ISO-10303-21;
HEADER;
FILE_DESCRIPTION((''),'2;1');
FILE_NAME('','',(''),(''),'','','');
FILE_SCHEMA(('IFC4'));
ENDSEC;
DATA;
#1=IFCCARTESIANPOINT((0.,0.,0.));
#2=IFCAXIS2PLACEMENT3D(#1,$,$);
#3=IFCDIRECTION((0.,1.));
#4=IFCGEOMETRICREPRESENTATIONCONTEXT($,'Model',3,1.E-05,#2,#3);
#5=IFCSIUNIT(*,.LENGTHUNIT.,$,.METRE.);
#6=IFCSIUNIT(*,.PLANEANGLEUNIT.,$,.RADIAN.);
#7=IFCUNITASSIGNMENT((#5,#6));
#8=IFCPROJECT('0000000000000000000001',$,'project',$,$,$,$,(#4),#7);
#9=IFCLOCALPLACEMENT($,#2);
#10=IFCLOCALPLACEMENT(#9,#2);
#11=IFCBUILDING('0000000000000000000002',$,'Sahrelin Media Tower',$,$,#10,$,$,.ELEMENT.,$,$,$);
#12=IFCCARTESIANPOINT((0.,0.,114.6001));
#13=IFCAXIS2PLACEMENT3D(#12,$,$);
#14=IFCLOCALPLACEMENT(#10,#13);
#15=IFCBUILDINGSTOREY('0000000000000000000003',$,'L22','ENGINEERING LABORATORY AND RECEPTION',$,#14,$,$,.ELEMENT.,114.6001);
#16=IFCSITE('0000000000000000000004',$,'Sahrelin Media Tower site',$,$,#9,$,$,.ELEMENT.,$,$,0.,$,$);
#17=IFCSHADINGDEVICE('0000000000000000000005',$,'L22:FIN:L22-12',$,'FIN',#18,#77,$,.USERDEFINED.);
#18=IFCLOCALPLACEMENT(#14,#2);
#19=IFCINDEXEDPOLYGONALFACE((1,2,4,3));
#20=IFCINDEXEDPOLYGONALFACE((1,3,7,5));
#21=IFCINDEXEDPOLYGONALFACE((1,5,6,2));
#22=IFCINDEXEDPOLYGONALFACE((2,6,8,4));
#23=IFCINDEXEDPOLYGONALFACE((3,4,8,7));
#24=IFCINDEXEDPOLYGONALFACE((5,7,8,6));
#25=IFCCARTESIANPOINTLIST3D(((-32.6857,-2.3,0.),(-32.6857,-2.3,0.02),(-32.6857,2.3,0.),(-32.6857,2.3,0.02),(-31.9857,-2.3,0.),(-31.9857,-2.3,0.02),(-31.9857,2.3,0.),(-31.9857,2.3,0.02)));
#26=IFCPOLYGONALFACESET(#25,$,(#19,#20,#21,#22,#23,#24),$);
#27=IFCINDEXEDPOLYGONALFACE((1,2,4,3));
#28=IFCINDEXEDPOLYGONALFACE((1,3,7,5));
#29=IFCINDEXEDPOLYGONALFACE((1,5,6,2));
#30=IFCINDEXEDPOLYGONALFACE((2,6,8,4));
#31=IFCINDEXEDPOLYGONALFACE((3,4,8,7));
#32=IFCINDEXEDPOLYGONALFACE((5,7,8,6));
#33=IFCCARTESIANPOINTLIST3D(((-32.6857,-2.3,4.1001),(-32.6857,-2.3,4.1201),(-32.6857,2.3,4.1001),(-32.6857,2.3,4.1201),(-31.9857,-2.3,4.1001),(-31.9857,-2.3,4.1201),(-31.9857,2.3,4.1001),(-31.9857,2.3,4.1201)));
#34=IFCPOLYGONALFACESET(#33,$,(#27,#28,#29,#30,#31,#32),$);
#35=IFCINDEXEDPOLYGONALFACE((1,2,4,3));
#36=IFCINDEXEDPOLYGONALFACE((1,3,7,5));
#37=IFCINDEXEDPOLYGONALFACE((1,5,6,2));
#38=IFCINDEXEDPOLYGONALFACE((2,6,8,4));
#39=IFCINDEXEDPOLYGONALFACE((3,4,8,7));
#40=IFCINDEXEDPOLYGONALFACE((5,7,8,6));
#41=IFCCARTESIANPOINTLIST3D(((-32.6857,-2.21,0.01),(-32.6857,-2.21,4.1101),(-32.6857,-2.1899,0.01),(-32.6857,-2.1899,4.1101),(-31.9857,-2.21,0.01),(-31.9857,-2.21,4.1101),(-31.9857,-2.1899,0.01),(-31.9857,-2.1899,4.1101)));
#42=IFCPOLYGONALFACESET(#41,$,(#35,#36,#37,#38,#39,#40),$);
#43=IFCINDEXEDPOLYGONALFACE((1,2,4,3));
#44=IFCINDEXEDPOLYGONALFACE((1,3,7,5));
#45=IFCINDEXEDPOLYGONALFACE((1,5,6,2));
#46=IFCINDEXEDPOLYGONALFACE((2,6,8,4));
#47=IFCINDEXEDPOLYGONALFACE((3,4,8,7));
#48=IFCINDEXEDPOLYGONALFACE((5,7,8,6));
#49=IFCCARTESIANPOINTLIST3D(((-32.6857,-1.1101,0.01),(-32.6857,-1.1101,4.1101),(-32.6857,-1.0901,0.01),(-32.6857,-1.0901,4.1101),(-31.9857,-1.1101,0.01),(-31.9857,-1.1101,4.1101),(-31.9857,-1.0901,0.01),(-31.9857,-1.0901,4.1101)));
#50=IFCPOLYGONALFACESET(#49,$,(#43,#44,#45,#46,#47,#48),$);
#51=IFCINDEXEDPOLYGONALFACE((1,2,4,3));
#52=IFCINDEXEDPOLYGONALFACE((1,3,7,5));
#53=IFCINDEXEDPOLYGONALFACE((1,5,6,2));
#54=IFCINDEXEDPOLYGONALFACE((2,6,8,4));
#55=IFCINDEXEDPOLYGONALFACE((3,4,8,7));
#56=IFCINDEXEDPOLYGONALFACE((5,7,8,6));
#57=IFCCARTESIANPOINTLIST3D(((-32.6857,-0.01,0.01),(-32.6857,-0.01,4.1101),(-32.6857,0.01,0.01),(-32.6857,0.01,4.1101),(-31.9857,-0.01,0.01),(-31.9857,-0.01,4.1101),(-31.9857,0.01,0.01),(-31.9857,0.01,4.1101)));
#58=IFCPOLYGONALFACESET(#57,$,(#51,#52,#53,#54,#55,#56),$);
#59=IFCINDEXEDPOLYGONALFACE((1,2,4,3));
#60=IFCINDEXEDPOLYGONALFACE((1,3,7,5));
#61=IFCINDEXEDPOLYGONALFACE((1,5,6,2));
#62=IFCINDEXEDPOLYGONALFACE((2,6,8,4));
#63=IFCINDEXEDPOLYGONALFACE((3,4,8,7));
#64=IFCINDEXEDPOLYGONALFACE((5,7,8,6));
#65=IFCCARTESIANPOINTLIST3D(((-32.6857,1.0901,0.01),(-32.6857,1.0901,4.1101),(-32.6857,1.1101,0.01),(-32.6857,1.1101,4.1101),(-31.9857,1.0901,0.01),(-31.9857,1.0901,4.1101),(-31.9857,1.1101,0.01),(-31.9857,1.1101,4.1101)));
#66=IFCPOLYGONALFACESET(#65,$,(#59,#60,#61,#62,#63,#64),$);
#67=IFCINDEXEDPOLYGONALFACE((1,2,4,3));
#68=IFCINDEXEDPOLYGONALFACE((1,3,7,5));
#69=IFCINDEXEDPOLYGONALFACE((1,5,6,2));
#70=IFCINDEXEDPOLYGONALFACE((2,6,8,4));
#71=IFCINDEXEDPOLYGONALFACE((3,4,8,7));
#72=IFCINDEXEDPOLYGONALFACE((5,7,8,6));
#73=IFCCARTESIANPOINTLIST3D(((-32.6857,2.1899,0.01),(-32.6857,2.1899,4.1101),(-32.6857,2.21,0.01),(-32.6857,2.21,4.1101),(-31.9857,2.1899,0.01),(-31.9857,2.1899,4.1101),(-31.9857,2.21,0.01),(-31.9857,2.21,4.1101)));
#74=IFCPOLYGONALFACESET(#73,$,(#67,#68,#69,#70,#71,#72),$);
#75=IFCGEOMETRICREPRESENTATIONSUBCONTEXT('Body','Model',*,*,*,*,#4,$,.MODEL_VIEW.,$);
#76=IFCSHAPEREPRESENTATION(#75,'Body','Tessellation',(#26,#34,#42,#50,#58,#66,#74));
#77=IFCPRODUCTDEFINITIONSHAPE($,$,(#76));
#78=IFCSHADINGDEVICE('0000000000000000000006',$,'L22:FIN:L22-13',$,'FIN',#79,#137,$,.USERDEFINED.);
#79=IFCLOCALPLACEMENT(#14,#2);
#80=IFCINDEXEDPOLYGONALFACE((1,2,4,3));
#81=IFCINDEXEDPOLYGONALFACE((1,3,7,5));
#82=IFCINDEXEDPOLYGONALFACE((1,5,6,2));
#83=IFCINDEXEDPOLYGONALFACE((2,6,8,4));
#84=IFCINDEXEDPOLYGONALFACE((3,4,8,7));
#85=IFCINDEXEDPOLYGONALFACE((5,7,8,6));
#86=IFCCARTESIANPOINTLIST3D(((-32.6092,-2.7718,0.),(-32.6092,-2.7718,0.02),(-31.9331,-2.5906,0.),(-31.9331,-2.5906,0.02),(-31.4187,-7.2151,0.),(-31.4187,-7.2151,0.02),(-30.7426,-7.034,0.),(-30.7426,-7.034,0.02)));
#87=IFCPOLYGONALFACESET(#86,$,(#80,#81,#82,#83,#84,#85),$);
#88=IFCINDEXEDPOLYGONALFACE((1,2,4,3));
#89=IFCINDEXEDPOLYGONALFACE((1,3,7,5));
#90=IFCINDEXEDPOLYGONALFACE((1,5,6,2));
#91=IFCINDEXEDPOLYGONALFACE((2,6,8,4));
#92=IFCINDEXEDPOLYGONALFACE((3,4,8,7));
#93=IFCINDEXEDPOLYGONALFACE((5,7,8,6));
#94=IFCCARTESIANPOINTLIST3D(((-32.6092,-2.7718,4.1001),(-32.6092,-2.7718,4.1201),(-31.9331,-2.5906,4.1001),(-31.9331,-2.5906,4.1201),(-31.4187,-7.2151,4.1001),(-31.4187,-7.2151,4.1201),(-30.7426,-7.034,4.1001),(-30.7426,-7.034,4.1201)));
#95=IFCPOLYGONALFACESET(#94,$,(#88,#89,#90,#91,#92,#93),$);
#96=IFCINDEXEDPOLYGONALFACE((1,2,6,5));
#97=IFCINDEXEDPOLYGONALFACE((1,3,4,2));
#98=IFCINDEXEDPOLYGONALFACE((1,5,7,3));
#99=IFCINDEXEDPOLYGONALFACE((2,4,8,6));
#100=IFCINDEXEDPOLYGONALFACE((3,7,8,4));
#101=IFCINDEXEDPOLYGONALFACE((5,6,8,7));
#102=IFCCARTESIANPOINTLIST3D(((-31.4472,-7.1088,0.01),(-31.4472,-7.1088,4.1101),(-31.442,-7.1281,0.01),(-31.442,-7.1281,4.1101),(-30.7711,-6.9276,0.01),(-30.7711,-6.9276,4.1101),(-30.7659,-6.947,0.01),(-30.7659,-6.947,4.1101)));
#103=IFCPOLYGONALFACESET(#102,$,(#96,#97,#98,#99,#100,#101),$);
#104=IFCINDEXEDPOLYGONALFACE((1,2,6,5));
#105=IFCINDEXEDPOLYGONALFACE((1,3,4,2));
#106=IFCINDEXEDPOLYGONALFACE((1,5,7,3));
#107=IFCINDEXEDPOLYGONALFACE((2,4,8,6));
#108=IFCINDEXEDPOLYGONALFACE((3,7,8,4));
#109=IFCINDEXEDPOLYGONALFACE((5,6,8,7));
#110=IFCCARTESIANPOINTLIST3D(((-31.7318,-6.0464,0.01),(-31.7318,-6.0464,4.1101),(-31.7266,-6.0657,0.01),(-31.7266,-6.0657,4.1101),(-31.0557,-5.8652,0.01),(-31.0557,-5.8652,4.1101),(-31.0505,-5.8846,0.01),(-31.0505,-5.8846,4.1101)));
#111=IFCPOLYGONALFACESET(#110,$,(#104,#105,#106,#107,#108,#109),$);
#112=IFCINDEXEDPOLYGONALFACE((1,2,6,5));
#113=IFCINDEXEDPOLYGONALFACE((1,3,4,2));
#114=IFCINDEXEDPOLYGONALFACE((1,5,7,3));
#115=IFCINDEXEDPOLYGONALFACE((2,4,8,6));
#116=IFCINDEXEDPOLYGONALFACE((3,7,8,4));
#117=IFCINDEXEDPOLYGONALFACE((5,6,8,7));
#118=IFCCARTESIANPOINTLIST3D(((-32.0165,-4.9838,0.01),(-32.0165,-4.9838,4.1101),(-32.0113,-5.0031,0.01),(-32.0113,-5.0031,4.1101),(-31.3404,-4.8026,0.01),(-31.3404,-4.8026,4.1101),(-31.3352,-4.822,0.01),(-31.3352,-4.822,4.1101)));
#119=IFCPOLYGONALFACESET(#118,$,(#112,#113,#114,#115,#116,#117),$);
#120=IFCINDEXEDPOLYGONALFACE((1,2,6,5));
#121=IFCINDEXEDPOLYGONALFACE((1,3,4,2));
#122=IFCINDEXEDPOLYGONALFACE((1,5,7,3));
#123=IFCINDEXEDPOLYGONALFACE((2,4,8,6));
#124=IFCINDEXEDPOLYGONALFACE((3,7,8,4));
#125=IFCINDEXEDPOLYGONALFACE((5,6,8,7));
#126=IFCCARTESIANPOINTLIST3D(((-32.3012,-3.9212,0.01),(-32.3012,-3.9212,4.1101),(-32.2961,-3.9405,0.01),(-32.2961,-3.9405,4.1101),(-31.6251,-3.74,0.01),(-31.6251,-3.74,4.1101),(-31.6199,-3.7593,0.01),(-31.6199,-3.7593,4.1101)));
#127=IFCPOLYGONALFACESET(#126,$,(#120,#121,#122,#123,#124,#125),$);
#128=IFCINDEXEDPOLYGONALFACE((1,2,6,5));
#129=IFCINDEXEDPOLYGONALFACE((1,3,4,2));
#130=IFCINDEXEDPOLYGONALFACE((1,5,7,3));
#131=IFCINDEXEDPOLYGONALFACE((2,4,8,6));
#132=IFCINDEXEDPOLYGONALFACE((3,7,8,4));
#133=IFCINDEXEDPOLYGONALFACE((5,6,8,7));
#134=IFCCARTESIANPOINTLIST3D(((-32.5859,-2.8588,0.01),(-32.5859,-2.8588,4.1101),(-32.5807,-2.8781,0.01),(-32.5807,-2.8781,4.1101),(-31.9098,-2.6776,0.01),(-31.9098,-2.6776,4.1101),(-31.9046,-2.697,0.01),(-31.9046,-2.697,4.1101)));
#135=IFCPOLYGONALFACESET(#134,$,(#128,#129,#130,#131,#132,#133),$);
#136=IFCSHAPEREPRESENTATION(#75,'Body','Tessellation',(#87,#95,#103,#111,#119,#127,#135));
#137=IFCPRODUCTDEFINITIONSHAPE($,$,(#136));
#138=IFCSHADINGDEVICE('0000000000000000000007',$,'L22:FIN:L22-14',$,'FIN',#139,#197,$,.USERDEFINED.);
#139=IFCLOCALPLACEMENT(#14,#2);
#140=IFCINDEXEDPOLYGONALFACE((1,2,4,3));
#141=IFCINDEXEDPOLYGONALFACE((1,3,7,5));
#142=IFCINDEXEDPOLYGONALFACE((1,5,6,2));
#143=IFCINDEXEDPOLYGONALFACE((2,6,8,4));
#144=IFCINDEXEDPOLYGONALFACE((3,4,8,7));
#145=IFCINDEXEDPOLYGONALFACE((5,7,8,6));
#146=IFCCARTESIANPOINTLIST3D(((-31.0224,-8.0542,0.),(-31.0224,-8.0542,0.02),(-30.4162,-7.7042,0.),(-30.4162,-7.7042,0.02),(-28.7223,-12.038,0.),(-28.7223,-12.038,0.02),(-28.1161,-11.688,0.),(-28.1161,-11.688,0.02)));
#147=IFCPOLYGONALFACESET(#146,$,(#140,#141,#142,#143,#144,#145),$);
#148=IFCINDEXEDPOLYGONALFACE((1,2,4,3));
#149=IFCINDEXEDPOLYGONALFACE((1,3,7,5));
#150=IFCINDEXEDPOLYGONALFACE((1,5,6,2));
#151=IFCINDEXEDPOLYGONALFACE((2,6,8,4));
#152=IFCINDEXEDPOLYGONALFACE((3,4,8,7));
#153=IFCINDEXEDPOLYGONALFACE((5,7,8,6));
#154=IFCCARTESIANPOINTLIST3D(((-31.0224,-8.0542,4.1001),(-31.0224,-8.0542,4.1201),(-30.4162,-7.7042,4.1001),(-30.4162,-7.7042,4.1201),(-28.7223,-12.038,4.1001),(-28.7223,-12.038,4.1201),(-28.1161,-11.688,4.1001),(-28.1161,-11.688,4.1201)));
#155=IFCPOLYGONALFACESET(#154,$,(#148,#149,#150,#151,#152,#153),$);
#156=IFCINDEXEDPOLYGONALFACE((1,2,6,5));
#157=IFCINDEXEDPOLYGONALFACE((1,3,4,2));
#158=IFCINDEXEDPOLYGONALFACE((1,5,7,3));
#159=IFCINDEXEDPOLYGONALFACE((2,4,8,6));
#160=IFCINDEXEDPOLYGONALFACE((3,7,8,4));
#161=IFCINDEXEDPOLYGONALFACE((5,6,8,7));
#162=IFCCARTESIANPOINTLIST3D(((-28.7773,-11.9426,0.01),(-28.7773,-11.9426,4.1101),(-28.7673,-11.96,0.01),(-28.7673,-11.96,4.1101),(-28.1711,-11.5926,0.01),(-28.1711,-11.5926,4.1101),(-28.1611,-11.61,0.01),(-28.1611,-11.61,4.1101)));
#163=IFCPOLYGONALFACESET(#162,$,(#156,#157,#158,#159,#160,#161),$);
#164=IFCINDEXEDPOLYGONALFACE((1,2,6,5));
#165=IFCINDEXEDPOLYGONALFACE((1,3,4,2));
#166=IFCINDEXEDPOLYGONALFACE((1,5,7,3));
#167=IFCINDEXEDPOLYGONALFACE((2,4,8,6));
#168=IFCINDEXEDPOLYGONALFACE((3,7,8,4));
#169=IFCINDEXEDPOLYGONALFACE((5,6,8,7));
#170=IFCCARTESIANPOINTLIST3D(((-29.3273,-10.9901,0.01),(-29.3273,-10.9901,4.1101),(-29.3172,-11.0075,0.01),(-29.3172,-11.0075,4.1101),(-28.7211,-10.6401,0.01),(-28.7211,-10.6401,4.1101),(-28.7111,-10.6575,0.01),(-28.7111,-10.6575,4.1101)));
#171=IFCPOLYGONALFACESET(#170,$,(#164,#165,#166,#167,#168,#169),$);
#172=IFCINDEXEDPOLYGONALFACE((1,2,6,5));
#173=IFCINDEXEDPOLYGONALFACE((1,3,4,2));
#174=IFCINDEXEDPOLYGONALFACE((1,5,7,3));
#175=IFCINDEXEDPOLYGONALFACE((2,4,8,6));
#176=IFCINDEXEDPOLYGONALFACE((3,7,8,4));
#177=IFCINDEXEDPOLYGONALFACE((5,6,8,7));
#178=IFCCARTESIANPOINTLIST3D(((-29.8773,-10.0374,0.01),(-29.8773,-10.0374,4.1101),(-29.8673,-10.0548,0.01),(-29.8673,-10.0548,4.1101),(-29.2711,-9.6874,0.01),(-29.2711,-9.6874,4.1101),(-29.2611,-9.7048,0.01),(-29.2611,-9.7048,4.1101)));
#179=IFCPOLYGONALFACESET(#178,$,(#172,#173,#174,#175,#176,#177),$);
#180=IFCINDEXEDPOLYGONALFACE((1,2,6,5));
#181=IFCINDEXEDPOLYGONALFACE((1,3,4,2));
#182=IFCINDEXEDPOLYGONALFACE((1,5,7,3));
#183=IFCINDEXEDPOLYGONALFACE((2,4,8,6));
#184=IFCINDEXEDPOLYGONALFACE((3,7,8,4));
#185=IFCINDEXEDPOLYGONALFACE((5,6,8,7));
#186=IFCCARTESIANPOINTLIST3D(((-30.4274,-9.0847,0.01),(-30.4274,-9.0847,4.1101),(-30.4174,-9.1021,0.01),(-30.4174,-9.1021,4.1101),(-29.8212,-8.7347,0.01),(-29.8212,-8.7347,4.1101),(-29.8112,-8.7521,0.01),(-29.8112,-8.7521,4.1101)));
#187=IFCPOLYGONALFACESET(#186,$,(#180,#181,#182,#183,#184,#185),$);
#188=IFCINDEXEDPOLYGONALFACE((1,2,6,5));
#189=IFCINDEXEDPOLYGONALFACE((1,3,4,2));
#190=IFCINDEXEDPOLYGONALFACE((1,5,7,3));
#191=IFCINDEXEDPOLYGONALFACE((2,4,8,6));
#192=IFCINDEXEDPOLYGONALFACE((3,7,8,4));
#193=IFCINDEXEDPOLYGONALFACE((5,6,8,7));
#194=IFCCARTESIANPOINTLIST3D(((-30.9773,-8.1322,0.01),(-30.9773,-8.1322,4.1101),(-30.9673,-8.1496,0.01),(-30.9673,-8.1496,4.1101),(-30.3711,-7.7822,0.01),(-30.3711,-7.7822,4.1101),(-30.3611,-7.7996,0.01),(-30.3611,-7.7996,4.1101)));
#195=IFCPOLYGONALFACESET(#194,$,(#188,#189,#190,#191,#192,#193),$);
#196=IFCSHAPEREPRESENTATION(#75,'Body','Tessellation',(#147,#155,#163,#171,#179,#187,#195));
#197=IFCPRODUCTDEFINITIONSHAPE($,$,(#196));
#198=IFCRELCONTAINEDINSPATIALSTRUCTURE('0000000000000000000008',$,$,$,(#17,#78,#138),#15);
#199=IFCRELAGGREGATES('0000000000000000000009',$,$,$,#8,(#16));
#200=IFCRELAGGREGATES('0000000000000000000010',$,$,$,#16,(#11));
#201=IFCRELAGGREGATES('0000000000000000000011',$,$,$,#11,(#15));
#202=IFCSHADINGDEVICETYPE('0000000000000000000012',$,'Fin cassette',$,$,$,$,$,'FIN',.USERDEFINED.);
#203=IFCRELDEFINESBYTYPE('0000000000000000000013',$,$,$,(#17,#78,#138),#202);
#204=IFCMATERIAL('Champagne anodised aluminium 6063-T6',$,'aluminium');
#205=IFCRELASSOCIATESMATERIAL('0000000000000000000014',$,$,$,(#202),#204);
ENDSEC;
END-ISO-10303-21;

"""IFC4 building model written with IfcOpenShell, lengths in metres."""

from ifc_helpers import new_model, si_unit, direction, frame, origin, origin_2d, place, context, subcontext, project, spatial, rectangle, extrude, material, type_object, element, save


model = new_model("IFC4")

# Units and contexts
model_context = context("Model", 3, precision=1e-05, world=origin(), true_north=direction((0.0, 1.0)))
body_context = subcontext(model_context, "Body", "Model", "MODEL_VIEW")
ifc_project = project(units=[si_unit("LENGTHUNIT", "METRE"), si_unit("PLANEANGLEUNIT", "RADIAN")], contexts=[model_context])

# Site, building, storey
site_placement = place(None, origin())
site = spatial("IfcSite", under=ifc_project, at=site_placement, Name="Sahrelin Media Tower site", CompositionType="ELEMENT", RefElevation=0.0)
building_placement = place(site_placement, origin())
building = spatial("IfcBuilding", under=site, at=building_placement, Name="Sahrelin Media Tower", CompositionType="ELEMENT")
storey_placement = place(building_placement, frame((0.0, 0.0, 114.6001)))
storey = spatial("IfcBuildingStorey", under=building, at=storey_placement, Name="L22", Description="ENGINEERING LABORATORY AND RECEPTION", CompositionType="ELEMENT", Elevation=114.6001)

# Shared definitions
ifc_material_1 = material(Name="Champagne anodised aluminium 6063-T6", Category="aluminium")

# Shading devices
shading_device_type_1 = type_object("IfcShadingDeviceType", Name="Fin cassette", ElementType="FIN", PredefinedType="USERDEFINED", material=ifc_material_1)
placement_1 = place(storey_placement, frame((-31.9158, 0.0, 0.0), z_axis=(0.0, 0.0, 1.0), x_axis=(0.0, 1.0, 0.0)))
element("IfcShadingDevice", 1, at=placement_1, inside=storey, type_object=shading_device_type_1, Name="L22:FIN:L22-12", ObjectType="FIN", PredefinedType="USERDEFINED", context=body_context, shape_type="SweptSolid", body=[
    extrude(rectangle(XDim=4.6001, YDim=0.7, at=origin_2d()), frame((0.0, 0.4199, 0.0)), (0.0, 0.0, 1.0), 0.02),
    extrude(rectangle(XDim=4.6001, YDim=0.7, at=origin_2d()), frame((0.0, 0.4199, 4.1001)), (0.0, 0.0, 1.0), 0.02),
    extrude(rectangle(XDim=0.02, YDim=0.7, at=origin_2d()), frame((-2.2, 0.4199, 0.01), z_axis=(0.0, 0.0, 1.0), x_axis=(1.0, 0.0, 0.0)), (0.0, 0.0, 1.0), 4.1001),
    extrude(rectangle(XDim=0.02, YDim=0.7, at=origin_2d()), frame((-1.1001, 0.4199, 0.01), z_axis=(0.0, 0.0, 1.0), x_axis=(1.0, 0.0, 0.0)), (0.0, 0.0, 1.0), 4.1001),
    extrude(rectangle(XDim=0.02, YDim=0.7, at=origin_2d()), frame((0.0, 0.4199, 0.01), z_axis=(0.0, 0.0, 1.0), x_axis=(1.0, 0.0, 0.0)), (0.0, 0.0, 1.0), 4.1001),
    extrude(rectangle(XDim=0.02, YDim=0.7, at=origin_2d()), frame((1.1001, 0.4199, 0.01), z_axis=(0.0, 0.0, 1.0), x_axis=(1.0, 0.0, 0.0)), (0.0, 0.0, 1.0), 4.1001),
    extrude(rectangle(XDim=0.02, YDim=0.7, at=origin_2d()), frame((2.2, 0.4199, 0.01), z_axis=(0.0, 0.0, 1.0), x_axis=(1.0, 0.0, 0.0)), (0.0, 0.0, 1.0), 4.1001),
])
placement_2 = place(storey_placement, frame((-31.2703, -4.7942, 0.0), z_axis=(0.0, 0.0, 1.0), x_axis=(-0.258808, 0.965929, 0.0)))
element("IfcShadingDevice", 2, at=placement_2, inside=storey, type_object=shading_device_type_1, Name="L22:FIN:L22-13", ObjectType="FIN", PredefinedType="USERDEFINED", context=body_context, shape_type="SweptSolid", body=[
    extrude(rectangle(XDim=4.6001, YDim=0.7, at=origin_2d()), frame((0.0, 0.4199, 0.0)), (0.0, 0.0, 1.0), 0.02),
    extrude(rectangle(XDim=4.6001, YDim=0.7, at=origin_2d()), frame((0.0, 0.4199, 4.1001)), (0.0, 0.0, 1.0), 0.02),
    extrude(rectangle(XDim=0.02, YDim=0.7, at=origin_2d()), frame((-2.2, 0.4199, 0.01), z_axis=(0.0, 0.0, 1.0), x_axis=(1.0, 0.0, 0.0)), (0.0, 0.0, 1.0), 4.1001),
    extrude(rectangle(XDim=0.02, YDim=0.7, at=origin_2d()), frame((-1.1001, 0.4199, 0.01), z_axis=(0.0, 0.0, 1.0), x_axis=(1.0, 0.0, 0.0)), (0.0, 0.0, 1.0), 4.1001),
    extrude(rectangle(XDim=0.02, YDim=0.7, at=origin_2d()), frame((0.0, 0.4199, 0.01), z_axis=(0.0, 0.0, 1.0), x_axis=(1.0, 0.0, 0.0)), (0.0, 0.0, 1.0), 4.1001),
    extrude(rectangle(XDim=0.02, YDim=0.7, at=origin_2d()), frame((1.1001, 0.4199, 0.01), z_axis=(0.0, 0.0, 1.0), x_axis=(1.0, 0.0, 0.0)), (0.0, 0.0, 1.0), 4.1001),
    extrude(rectangle(XDim=0.02, YDim=0.7, at=origin_2d()), frame((2.2, 0.4199, 0.01), z_axis=(0.0, 0.0, 1.0), x_axis=(1.0, 0.0, 0.0)), (0.0, 0.0, 1.0), 4.1001),
])
shading_device_1_placement = place(storey_placement, frame((-29.2056, -9.6611, 0.0), z_axis=(0.0, 0.0, 1.0), x_axis=(-0.500011, 0.866019, 0.0)))
element("IfcShadingDevice", 3, at=shading_device_1_placement, inside=storey, type_object=shading_device_type_1, Name="L22:FIN:L22-14", ObjectType="FIN", PredefinedType="USERDEFINED", context=body_context, shape_type="SweptSolid", body=[
    extrude(rectangle(XDim=4.6001, YDim=0.7, at=origin_2d()), frame((0.0, 0.4199, 0.0)), (0.0, 0.0, 1.0), 0.02),
    extrude(rectangle(XDim=4.6001, YDim=0.7, at=origin_2d()), frame((0.0, 0.4199, 4.1001)), (0.0, 0.0, 1.0), 0.02),
    extrude(rectangle(XDim=0.02, YDim=0.7, at=origin_2d()), frame((-2.2, 0.4199, 0.01), z_axis=(0.0, 0.0, 1.0), x_axis=(1.0, 0.0, 0.0)), (0.0, 0.0, 1.0), 4.1001),
    extrude(rectangle(XDim=0.02, YDim=0.7, at=origin_2d()), frame((-1.1001, 0.4199, 0.01), z_axis=(0.0, 0.0, 1.0), x_axis=(1.0, 0.0, 0.0)), (0.0, 0.0, 1.0), 4.1001),
    extrude(rectangle(XDim=0.02, YDim=0.7, at=origin_2d()), frame((0.0, 0.4199, 0.01), z_axis=(0.0, 0.0, 1.0), x_axis=(1.0, 0.0, 0.0)), (0.0, 0.0, 1.0), 4.1001),
    extrude(rectangle(XDim=0.02, YDim=0.7, at=origin_2d()), frame((1.1001, 0.4199, 0.01), z_axis=(0.0, 0.0, 1.0), x_axis=(1.0, 0.0, 0.0)), (0.0, 0.0, 1.0), 4.1001),
    extrude(rectangle(XDim=0.02, YDim=0.7, at=origin_2d()), frame((2.2, 0.4199, 0.01), z_axis=(0.0, 0.0, 1.0), x_axis=(1.0, 0.0, 0.0)), (0.0, 0.0, 1.0), 4.1001),
])

save(model, "model.ifc")
